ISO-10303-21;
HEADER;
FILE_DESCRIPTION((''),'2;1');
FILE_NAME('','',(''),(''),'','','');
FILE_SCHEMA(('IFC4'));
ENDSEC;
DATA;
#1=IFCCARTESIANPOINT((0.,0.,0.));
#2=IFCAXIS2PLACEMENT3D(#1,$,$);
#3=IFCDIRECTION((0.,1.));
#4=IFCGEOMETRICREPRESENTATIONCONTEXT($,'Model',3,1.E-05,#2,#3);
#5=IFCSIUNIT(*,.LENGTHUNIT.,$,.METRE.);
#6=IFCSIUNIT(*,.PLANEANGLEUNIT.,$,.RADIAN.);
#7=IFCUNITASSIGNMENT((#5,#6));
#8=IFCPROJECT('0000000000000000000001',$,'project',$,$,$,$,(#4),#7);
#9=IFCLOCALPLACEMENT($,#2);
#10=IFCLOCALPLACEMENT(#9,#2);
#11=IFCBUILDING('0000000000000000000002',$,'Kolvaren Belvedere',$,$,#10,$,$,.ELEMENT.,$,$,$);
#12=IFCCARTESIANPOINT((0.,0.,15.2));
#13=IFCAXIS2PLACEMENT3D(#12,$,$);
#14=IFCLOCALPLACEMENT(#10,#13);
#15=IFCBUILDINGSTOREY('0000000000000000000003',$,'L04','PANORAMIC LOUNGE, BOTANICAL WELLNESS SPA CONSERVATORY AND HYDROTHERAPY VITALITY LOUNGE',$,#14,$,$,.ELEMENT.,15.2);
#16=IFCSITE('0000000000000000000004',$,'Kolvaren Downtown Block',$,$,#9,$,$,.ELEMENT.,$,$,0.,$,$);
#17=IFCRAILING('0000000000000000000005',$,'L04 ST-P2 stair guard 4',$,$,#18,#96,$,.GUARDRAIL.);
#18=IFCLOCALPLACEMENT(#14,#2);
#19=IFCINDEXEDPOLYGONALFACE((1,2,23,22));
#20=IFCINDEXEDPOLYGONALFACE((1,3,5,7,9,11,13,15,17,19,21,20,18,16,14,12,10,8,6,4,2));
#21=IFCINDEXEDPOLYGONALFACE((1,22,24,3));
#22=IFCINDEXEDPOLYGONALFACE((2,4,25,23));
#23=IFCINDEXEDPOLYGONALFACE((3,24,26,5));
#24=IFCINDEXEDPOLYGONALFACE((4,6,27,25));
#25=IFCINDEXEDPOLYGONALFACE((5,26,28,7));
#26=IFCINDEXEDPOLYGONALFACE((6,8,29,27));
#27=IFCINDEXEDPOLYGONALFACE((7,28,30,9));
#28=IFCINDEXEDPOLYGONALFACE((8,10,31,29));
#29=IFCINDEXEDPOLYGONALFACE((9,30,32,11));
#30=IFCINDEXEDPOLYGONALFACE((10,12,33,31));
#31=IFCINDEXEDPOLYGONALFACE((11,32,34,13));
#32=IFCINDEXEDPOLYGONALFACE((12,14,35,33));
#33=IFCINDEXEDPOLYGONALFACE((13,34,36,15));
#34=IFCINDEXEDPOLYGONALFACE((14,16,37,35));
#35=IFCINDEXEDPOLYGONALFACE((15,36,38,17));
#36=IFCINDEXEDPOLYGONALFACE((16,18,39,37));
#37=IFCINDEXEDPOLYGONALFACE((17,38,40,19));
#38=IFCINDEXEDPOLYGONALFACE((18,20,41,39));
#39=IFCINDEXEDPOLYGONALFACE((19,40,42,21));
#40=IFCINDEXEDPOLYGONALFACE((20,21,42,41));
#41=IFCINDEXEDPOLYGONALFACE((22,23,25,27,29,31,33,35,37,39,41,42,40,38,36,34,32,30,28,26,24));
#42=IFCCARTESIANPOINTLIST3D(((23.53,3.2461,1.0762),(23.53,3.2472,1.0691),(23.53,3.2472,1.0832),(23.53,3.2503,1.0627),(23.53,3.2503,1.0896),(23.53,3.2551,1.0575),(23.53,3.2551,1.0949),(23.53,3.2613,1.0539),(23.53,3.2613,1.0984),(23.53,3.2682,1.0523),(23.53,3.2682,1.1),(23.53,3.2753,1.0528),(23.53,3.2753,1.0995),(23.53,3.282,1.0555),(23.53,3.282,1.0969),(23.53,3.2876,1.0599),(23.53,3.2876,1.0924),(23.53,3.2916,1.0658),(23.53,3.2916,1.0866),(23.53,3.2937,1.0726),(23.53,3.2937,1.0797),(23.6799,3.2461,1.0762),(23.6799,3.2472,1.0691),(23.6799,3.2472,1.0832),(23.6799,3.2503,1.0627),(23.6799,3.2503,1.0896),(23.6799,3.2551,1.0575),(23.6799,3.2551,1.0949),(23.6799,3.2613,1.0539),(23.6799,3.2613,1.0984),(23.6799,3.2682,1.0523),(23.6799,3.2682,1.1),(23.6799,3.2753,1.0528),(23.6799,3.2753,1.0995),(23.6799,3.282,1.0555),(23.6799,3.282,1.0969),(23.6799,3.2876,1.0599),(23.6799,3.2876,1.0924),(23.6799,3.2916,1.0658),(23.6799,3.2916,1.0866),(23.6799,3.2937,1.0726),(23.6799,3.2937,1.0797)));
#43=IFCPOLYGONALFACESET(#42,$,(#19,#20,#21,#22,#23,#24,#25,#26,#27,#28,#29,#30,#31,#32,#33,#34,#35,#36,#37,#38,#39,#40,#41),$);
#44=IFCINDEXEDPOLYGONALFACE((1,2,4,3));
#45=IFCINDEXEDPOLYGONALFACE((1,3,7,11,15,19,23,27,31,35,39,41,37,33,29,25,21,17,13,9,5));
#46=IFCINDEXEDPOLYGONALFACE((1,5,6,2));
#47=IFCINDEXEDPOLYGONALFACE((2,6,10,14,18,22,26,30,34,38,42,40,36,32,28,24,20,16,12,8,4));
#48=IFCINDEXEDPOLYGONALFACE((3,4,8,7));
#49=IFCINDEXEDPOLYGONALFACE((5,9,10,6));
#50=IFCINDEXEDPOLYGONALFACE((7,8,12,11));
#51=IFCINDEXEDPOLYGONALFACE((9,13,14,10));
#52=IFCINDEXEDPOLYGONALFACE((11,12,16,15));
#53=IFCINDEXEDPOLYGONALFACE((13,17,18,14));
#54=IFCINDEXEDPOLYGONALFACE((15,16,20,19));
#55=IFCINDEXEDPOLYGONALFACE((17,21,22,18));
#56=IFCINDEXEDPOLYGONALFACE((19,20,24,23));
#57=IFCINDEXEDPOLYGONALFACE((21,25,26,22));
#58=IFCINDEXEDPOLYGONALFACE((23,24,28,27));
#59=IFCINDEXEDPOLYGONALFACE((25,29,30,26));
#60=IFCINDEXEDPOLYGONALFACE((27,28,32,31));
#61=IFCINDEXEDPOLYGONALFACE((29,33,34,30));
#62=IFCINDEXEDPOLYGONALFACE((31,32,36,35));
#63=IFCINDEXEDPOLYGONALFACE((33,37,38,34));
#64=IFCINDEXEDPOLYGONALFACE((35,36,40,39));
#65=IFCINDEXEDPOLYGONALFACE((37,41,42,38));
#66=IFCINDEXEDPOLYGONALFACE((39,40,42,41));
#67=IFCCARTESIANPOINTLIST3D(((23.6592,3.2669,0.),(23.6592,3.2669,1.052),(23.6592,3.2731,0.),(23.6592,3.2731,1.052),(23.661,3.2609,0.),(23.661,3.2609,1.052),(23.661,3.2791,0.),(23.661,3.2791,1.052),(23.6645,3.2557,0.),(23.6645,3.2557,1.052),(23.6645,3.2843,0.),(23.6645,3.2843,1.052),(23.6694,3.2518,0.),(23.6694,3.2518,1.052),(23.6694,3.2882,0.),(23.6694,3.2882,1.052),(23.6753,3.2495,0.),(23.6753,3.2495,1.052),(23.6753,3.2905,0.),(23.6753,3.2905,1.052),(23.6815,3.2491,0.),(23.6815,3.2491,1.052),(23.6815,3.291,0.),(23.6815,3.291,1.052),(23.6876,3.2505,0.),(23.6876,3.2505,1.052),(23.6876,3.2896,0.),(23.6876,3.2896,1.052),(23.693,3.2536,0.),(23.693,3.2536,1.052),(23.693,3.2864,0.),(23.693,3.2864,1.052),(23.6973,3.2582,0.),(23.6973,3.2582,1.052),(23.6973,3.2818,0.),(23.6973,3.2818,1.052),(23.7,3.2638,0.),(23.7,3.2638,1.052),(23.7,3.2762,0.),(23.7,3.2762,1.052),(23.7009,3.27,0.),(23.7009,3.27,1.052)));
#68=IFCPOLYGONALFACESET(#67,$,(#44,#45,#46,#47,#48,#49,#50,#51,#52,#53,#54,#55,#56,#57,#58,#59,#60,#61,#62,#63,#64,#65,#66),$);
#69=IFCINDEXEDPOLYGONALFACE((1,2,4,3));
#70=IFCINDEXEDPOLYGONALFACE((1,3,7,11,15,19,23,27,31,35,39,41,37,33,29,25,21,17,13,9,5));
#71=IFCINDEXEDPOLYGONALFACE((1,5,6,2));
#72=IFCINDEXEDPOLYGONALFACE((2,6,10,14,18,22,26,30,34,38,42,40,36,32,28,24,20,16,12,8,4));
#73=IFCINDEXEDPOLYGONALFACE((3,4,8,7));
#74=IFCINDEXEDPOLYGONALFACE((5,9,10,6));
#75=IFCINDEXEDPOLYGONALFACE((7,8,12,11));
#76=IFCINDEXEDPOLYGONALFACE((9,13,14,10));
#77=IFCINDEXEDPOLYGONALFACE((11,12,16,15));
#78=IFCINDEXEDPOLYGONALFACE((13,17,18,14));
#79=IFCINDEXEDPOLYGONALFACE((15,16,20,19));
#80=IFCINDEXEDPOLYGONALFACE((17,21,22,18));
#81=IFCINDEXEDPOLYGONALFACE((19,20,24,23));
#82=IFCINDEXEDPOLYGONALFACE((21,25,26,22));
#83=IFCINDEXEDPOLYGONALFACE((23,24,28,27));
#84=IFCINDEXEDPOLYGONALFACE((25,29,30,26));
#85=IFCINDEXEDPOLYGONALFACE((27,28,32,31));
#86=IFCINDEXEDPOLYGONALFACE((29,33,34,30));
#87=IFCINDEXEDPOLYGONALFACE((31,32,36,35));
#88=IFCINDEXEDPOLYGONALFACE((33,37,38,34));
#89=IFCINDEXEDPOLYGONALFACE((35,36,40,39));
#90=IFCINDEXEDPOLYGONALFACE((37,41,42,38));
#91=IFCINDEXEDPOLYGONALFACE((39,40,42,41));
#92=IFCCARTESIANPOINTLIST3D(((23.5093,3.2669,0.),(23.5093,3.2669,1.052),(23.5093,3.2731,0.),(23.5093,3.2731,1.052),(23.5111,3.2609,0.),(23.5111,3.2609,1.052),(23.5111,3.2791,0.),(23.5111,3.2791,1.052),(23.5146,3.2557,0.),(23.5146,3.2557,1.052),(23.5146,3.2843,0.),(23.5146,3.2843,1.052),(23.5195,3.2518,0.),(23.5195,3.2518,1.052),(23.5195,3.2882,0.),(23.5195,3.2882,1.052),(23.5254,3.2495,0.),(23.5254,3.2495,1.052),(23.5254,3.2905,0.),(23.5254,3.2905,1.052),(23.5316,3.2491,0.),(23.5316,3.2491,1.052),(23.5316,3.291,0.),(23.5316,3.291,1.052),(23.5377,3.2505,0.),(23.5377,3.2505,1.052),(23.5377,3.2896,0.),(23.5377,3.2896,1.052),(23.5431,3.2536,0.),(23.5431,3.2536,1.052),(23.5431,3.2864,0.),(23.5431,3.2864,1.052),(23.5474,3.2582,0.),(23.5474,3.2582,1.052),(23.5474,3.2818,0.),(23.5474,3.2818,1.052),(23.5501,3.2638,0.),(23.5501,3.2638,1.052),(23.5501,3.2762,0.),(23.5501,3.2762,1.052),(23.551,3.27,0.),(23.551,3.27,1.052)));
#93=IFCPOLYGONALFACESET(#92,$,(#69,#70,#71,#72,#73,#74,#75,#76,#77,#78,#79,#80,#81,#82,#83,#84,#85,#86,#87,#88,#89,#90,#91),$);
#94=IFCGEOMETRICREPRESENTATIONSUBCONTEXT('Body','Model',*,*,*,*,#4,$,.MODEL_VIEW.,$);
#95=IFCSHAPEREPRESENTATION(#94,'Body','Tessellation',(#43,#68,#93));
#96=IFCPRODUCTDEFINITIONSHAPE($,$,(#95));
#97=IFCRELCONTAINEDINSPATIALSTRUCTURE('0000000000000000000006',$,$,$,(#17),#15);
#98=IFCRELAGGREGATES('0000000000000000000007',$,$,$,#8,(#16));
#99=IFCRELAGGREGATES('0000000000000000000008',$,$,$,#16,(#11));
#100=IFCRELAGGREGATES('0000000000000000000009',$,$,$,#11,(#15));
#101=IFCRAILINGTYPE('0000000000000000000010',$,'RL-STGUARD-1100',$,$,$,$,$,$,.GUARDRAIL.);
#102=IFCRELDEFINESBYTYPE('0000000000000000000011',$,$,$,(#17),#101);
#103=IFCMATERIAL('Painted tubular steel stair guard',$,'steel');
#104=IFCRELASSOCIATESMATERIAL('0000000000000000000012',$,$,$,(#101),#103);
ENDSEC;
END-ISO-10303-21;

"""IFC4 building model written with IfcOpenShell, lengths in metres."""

from ifc_helpers import new_model, si_unit, direction, frame, origin, origin_2d, place, context, subcontext, project, spatial, circle, extrude, material, type_object, element, save


model = new_model("IFC4")

# Units and contexts
model_context = context("Model", 3, precision=1e-05, world=origin(), true_north=direction((0.0, 1.0)))
body_context = subcontext(model_context, "Body", "Model", "MODEL_VIEW")
ifc_project = project(units=[si_unit("LENGTHUNIT", "METRE"), si_unit("PLANEANGLEUNIT", "RADIAN")], contexts=[model_context])

# Site, building, storey
site_placement = place(None, origin())
site = spatial("IfcSite", under=ifc_project, at=site_placement, Name="Kolvaren Downtown Block", CompositionType="ELEMENT", RefElevation=0.0)
building_placement = place(site_placement, origin())
building = spatial("IfcBuilding", under=site, at=building_placement, Name="Kolvaren Belvedere", CompositionType="ELEMENT")
storey_placement = place(building_placement, frame((0.0, 0.0, 15.2)))
storey = spatial("IfcBuildingStorey", under=building, at=storey_placement, Name="L04", Description="PANORAMIC LOUNGE, BOTANICAL WELLNESS SPA CONSERVATORY AND HYDROTHERAPY VITALITY LOUNGE", CompositionType="ELEMENT", Elevation=15.2)

# Railing
ifc_material_1 = material(Name="Painted tubular steel stair guard", Category="steel")
railing_type_1 = type_object("IfcRailingType", Name="RL-STGUARD-1100", PredefinedType="GUARDRAIL", material=ifc_material_1)
railing_1_placement = place(storey_placement, frame((23.6799, 3.27, 0.0)))
element("IfcRailing", 1, at=railing_1_placement, inside=storey, type_object=railing_type_1, Name="L04 ST-P2 stair guard 4", PredefinedType="GUARDRAIL", context=body_context, shape_type="SweptSolid", body=[
    extrude(circle(Radius=0.0239, at=origin_2d()), frame((0.0, 0.0, 1.0762), z_axis=(-1.0, 0.0, 0.0), x_axis=(0.0, -1.0, 0.0)), (0.0, 0.0, 1.0), 0.1499),
    extrude(circle(Radius=0.021, at=origin_2d()), origin(), (0.0, 0.0, 1.0), 1.052),
    extrude(circle(Radius=0.021, at=origin_2d()), frame((-0.1499, 0.0, 0.0)), (0.0, 0.0, 1.0), 1.052),
])

save(model, "model.ifc")
